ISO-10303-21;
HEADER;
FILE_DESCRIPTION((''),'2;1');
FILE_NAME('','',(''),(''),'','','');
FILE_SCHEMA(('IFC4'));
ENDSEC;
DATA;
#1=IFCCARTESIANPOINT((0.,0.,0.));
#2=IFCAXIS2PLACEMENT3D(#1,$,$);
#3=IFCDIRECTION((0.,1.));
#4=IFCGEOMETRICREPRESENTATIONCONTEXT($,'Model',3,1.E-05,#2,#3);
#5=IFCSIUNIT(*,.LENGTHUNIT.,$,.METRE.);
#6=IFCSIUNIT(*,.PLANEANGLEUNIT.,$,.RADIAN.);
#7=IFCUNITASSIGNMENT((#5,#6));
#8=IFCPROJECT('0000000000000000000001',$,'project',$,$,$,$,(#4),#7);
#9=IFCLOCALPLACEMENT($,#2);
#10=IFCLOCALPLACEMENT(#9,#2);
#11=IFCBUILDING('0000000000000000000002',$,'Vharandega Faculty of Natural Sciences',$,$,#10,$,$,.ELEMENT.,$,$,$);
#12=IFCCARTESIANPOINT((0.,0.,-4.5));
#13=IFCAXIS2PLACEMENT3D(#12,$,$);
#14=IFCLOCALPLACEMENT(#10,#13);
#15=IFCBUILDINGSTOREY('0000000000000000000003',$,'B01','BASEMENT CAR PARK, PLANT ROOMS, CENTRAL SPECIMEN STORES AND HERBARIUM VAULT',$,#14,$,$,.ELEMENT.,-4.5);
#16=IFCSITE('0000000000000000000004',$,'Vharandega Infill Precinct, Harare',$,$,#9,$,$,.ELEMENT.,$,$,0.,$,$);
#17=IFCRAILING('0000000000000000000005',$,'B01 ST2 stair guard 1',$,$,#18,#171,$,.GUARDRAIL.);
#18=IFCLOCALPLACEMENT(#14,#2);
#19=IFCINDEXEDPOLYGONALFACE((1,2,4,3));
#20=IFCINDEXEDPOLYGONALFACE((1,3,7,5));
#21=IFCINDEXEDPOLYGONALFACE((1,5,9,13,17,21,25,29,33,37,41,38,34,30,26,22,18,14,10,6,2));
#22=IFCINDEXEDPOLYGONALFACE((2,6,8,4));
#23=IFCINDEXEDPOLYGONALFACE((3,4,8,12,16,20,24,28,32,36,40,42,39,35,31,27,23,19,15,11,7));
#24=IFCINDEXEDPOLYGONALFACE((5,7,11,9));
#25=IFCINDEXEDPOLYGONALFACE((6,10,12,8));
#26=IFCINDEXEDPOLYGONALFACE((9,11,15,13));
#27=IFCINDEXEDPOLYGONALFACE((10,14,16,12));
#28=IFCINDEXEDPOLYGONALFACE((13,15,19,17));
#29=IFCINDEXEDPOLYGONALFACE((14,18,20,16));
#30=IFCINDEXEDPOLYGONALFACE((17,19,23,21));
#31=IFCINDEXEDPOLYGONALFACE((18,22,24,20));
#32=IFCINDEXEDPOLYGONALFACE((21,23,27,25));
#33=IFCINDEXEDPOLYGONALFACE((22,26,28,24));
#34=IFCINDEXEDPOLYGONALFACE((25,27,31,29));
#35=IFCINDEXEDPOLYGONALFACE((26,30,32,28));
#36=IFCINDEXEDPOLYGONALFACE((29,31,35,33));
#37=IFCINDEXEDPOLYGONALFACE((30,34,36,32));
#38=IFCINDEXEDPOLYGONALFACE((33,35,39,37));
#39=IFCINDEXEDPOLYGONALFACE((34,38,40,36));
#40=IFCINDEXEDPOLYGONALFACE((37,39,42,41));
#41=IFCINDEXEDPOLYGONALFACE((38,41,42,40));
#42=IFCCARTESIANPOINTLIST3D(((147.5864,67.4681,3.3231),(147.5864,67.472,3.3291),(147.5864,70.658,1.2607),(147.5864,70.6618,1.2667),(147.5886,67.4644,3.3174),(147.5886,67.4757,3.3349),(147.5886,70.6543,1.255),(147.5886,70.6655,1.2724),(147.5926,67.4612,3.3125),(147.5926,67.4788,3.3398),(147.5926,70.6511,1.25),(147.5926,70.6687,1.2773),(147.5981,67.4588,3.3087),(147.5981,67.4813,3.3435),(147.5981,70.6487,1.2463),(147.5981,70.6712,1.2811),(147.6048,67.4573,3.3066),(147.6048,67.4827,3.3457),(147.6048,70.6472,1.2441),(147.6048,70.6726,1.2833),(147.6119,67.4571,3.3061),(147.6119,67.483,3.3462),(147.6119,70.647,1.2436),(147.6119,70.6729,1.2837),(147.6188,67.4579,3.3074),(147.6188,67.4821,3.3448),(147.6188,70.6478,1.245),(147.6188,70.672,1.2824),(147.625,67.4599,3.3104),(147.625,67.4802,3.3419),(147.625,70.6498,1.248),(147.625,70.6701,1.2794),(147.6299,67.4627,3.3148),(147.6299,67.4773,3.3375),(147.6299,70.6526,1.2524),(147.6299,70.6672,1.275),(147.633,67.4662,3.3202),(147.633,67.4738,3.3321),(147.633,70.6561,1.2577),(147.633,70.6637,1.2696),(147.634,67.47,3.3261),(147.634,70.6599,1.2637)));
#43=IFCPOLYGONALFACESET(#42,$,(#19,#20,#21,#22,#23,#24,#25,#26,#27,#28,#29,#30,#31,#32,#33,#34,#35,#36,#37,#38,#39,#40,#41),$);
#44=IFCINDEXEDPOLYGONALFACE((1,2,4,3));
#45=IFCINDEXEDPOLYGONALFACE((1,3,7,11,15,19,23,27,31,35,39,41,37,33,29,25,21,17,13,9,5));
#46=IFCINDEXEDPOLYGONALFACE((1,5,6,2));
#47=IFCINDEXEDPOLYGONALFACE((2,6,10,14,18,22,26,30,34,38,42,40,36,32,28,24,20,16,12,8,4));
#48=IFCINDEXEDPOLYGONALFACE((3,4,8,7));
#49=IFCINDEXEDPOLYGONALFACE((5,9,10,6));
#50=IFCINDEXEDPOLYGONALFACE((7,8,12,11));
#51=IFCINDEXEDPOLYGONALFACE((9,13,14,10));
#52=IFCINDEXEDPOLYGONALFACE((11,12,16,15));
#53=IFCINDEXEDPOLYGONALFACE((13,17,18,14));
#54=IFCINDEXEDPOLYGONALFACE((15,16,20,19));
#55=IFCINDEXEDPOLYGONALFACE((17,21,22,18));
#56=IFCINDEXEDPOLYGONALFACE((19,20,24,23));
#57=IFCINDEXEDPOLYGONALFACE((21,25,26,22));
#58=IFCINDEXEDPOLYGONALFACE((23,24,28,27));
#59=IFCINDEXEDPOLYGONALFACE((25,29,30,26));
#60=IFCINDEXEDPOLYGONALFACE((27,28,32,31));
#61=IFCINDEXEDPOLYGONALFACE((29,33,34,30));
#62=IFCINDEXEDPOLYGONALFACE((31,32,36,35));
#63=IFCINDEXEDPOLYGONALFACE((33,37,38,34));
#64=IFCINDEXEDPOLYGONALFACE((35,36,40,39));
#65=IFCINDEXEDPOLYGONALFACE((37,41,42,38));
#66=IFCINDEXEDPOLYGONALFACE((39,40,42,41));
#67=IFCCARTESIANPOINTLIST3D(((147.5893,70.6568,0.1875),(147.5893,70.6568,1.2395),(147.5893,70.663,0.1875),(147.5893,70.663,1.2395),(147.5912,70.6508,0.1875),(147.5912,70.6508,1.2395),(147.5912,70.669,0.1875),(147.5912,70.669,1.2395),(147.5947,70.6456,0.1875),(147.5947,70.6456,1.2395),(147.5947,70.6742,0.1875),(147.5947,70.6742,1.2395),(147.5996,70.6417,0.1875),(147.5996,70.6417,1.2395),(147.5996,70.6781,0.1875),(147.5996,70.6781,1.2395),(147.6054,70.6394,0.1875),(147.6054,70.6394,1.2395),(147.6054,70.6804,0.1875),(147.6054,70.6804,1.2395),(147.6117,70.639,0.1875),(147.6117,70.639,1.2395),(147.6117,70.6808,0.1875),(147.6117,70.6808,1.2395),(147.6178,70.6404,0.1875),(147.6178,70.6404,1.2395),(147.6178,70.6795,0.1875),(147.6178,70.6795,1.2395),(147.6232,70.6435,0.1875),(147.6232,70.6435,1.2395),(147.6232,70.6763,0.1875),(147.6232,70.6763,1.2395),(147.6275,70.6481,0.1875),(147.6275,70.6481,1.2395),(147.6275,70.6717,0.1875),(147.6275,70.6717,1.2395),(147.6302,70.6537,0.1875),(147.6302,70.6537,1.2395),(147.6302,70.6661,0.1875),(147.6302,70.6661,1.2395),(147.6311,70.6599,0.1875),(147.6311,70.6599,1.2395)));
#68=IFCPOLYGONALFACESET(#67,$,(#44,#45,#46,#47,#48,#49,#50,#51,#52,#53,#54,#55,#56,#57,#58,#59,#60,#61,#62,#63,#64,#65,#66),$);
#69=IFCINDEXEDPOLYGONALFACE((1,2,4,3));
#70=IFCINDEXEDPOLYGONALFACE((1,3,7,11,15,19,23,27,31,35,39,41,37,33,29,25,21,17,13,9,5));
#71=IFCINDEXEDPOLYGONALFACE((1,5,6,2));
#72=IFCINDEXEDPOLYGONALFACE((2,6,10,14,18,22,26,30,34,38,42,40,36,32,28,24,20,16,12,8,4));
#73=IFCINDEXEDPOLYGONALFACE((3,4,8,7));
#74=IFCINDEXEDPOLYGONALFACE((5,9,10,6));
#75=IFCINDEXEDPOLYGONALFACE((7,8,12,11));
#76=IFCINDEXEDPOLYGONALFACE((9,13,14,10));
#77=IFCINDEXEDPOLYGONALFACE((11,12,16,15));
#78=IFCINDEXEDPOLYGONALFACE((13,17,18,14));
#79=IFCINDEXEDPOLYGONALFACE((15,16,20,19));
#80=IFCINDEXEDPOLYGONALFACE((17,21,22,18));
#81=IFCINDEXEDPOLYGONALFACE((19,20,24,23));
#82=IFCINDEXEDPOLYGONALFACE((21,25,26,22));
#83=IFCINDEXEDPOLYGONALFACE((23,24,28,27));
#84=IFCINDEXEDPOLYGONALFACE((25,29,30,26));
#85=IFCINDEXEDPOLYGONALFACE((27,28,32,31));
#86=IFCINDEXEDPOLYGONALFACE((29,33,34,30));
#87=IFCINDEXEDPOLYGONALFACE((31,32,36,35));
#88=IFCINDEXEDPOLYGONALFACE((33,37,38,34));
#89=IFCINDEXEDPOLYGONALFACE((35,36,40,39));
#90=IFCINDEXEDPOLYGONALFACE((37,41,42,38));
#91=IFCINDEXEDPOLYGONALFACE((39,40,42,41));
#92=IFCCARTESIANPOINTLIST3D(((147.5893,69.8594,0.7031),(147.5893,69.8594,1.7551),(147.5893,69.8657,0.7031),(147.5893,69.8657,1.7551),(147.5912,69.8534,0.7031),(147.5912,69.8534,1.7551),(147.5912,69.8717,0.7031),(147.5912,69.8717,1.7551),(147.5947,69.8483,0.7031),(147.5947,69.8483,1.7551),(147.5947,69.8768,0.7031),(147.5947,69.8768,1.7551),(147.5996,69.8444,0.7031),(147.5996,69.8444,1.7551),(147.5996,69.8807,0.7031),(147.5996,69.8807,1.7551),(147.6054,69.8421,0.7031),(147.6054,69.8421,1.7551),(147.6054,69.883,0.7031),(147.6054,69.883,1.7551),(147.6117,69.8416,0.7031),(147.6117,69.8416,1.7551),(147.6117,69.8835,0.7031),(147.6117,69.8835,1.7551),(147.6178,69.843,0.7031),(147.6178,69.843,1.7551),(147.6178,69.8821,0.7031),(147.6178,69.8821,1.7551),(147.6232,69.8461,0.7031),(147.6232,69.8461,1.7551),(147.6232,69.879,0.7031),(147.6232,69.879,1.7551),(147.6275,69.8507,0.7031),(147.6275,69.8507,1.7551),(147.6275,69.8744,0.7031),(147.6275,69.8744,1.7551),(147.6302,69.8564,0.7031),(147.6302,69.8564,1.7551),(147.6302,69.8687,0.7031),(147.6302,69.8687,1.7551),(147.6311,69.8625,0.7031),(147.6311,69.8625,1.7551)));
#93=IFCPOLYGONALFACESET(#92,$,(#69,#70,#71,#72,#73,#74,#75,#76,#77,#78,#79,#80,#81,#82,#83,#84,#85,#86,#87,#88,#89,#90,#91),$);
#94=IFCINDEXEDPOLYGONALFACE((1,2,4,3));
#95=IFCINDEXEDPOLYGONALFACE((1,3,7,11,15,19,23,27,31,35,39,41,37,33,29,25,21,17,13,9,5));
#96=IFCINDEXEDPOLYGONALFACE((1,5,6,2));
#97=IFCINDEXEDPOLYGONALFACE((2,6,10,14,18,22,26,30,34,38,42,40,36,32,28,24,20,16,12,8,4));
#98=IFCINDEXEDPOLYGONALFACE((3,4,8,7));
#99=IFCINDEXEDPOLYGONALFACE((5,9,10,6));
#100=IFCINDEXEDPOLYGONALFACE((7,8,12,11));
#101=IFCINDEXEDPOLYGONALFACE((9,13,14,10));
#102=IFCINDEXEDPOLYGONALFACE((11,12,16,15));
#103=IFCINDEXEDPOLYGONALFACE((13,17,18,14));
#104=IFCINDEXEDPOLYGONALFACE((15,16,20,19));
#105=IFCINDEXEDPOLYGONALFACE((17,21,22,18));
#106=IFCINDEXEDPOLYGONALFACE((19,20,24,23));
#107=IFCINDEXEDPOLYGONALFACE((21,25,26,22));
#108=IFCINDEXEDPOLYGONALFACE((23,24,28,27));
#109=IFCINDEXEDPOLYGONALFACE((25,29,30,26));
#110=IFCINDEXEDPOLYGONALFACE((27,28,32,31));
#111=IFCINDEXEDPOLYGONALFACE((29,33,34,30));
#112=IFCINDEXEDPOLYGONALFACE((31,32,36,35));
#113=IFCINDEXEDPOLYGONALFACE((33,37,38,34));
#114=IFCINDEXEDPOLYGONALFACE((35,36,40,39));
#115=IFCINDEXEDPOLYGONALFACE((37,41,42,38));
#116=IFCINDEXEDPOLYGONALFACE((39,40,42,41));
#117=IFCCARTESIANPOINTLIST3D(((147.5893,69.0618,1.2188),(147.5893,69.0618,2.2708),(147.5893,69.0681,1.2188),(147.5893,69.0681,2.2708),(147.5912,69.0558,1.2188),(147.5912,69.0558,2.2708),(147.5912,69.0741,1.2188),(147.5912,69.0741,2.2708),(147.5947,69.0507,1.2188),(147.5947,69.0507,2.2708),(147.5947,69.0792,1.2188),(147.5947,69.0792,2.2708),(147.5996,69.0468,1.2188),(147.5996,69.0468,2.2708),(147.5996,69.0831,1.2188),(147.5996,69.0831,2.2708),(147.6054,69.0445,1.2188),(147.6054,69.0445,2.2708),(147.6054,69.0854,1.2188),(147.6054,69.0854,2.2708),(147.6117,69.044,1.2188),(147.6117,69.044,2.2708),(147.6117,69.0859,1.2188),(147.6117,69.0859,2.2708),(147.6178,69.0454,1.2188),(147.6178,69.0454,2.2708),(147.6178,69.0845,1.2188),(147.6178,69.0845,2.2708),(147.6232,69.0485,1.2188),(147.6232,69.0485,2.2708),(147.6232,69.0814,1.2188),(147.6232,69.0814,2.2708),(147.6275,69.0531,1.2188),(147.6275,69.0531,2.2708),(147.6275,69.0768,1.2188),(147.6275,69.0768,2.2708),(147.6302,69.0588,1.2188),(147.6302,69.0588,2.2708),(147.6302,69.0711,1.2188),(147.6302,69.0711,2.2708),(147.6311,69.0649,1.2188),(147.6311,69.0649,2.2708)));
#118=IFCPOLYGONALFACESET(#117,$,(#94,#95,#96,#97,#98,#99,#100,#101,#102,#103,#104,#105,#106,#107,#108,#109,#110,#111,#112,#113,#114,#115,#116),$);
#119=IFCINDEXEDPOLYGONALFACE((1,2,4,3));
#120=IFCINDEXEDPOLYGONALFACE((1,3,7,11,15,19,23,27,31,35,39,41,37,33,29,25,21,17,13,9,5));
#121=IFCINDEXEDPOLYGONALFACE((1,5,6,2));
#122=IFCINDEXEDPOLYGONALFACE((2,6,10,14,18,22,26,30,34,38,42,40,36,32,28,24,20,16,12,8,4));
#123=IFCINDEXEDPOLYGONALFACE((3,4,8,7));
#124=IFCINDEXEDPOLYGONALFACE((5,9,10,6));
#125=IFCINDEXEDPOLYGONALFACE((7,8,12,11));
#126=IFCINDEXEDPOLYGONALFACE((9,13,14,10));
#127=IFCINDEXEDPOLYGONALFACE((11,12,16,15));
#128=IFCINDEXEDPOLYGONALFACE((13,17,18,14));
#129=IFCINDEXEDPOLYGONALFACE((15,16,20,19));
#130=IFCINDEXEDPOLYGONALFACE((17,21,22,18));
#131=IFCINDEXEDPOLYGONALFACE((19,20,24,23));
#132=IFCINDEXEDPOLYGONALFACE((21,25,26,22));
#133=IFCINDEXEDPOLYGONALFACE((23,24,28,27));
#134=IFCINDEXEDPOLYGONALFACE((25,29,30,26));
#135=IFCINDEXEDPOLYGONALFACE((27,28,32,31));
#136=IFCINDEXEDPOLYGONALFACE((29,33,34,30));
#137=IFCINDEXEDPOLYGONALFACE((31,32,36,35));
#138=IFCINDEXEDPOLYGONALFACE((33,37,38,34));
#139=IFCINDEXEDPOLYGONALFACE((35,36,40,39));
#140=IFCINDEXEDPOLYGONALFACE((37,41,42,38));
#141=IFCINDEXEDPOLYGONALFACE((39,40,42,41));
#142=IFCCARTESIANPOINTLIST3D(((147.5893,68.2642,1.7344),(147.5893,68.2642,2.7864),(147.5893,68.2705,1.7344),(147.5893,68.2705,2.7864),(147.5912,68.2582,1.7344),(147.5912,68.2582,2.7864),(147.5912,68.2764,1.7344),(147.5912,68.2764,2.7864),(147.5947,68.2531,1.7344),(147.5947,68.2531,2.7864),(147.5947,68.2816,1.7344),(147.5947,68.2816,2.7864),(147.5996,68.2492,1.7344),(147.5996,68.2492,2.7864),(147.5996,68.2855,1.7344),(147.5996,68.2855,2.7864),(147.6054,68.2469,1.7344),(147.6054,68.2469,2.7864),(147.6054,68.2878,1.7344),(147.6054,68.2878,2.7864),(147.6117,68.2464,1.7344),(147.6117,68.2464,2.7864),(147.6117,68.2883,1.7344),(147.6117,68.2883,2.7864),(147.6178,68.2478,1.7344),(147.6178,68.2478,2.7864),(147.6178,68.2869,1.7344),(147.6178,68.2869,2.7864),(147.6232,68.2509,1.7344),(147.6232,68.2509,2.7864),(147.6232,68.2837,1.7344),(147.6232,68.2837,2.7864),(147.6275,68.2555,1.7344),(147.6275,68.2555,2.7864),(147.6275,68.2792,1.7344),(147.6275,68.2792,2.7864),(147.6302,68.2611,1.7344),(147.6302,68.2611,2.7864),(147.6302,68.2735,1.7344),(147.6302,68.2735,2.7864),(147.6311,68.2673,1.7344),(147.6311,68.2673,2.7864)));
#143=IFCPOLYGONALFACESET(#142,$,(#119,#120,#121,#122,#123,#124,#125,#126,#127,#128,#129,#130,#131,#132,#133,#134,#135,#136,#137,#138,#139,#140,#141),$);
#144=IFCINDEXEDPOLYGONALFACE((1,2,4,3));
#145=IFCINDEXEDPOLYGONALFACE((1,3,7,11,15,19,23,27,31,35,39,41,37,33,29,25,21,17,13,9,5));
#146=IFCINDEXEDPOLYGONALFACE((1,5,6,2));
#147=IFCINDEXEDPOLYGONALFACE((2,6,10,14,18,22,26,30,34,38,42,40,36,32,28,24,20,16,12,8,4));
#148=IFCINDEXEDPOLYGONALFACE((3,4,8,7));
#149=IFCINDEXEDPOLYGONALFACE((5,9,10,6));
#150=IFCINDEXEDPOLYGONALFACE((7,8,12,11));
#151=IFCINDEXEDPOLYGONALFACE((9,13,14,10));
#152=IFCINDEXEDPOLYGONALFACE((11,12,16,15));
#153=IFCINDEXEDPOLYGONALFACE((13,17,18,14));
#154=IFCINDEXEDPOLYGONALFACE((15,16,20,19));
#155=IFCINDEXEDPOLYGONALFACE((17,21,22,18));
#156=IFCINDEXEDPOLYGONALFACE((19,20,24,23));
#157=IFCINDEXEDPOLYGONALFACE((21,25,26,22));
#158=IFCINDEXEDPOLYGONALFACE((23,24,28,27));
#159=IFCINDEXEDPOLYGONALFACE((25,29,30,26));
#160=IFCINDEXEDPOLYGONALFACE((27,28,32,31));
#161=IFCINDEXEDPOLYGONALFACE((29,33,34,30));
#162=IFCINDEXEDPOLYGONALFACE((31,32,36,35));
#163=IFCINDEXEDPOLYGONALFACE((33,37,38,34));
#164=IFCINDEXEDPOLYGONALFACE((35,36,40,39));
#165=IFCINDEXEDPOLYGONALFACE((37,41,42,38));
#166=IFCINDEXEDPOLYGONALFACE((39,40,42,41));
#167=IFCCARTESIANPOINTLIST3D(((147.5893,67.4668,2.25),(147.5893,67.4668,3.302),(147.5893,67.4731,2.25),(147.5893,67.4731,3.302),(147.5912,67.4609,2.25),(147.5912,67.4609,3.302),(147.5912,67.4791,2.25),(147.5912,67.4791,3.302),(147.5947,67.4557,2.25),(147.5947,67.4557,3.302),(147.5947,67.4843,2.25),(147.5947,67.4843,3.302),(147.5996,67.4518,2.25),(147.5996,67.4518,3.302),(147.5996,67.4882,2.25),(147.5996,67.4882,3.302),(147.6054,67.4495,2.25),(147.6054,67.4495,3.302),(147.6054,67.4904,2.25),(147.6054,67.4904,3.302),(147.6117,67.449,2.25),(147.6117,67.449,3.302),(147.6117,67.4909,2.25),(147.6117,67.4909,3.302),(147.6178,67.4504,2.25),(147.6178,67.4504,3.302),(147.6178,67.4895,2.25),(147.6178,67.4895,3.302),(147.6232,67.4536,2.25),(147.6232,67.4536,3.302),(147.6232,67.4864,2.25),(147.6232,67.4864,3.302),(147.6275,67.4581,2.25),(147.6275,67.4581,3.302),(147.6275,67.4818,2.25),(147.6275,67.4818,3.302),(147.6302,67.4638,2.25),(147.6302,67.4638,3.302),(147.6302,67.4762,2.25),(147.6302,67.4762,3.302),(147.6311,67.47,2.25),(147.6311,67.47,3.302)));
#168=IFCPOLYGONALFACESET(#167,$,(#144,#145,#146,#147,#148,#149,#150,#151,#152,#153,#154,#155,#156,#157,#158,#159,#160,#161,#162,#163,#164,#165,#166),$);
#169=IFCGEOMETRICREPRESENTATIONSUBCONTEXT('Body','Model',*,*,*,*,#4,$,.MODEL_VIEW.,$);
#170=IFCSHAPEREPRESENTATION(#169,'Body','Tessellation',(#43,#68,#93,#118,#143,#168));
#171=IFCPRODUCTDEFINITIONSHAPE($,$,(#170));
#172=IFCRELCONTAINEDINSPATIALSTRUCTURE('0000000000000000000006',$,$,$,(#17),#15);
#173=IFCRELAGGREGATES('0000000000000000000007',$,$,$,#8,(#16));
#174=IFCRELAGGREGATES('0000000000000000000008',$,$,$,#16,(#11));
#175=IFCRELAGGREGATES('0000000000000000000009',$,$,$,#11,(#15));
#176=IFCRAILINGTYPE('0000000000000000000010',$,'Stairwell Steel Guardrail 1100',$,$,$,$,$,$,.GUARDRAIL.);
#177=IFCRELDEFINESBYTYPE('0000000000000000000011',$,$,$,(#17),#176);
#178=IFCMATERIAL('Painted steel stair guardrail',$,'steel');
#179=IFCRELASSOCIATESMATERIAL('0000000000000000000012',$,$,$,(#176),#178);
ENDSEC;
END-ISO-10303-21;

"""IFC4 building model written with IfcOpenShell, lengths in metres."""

from ifc_helpers import new_model, si_unit, direction, frame, origin, origin_2d, place, context, subcontext, project, spatial, circle, extrude, material, type_object, element, save


model = new_model("IFC4")

# Units and contexts
model_context = context("Model", 3, precision=1e-05, world=origin(), true_north=direction((0.0, 1.0)))
body_context = subcontext(model_context, "Body", "Model", "MODEL_VIEW")
ifc_project = project(units=[si_unit("LENGTHUNIT", "METRE"), si_unit("PLANEANGLEUNIT", "RADIAN")], contexts=[model_context])

# Site, building, storey
site_placement = place(None, origin())
site = spatial("IfcSite", under=ifc_project, at=site_placement, Name="Vharandega Infill Precinct, Harare", CompositionType="ELEMENT", RefElevation=0.0)
building_placement = place(site_placement, origin())
building = spatial("IfcBuilding", under=site, at=building_placement, Name="Vharandega Faculty of Natural Sciences", CompositionType="ELEMENT")
storey_placement = place(building_placement, frame((0.0, 0.0, -4.5)))
storey = spatial("IfcBuildingStorey", under=building, at=storey_placement, Name="B01", Description="BASEMENT CAR PARK, PLANT ROOMS, CENTRAL SPECIMEN STORES AND HERBARIUM VAULT", CompositionType="ELEMENT", Elevation=-4.5)

# Railing
ifc_material_1 = material(Name="Painted steel stair guardrail", Category="steel")
railing_type_1 = type_object("IfcRailingType", Name="Stairwell Steel Guardrail 1100", PredefinedType="GUARDRAIL", material=ifc_material_1)
railing_1_placement = place(storey_placement, frame((147.6101, 70.6599, 0.1875)))
element("IfcRailing", 1, at=railing_1_placement, inside=storey, type_object=railing_type_1, Name="B01 ST2 stair guard 1", PredefinedType="GUARDRAIL", context=body_context, shape_type="SweptSolid", body=[
    extrude(circle(Radius=0.0239, at=origin_2d()), frame((0.0, 0.0, 1.0762), z_axis=(0.0, -0.83976, 0.542958), x_axis=(1.0, 0.0, 0.0)), (0.0, 0.0, 1.0), 3.7986),
    extrude(circle(Radius=0.021, at=origin_2d()), origin(), (0.0, 0.0, 1.0), 1.052),
    extrude(circle(Radius=0.021, at=origin_2d()), frame((0.0, -0.7974, 0.5156)), (0.0, 0.0, 1.0), 1.052),
    extrude(circle(Radius=0.021, at=origin_2d()), frame((0.0, -1.595, 1.0312)), (0.0, 0.0, 1.0), 1.052),
    extrude(circle(Radius=0.021, at=origin_2d()), frame((0.0, -2.3926, 1.5469)), (0.0, 0.0, 1.0), 1.052),
    extrude(circle(Radius=0.021, at=origin_2d()), frame((0.0, -3.1899, 2.0625)), (0.0, 0.0, 1.0), 1.052),
])

save(model, "model.ifc")
